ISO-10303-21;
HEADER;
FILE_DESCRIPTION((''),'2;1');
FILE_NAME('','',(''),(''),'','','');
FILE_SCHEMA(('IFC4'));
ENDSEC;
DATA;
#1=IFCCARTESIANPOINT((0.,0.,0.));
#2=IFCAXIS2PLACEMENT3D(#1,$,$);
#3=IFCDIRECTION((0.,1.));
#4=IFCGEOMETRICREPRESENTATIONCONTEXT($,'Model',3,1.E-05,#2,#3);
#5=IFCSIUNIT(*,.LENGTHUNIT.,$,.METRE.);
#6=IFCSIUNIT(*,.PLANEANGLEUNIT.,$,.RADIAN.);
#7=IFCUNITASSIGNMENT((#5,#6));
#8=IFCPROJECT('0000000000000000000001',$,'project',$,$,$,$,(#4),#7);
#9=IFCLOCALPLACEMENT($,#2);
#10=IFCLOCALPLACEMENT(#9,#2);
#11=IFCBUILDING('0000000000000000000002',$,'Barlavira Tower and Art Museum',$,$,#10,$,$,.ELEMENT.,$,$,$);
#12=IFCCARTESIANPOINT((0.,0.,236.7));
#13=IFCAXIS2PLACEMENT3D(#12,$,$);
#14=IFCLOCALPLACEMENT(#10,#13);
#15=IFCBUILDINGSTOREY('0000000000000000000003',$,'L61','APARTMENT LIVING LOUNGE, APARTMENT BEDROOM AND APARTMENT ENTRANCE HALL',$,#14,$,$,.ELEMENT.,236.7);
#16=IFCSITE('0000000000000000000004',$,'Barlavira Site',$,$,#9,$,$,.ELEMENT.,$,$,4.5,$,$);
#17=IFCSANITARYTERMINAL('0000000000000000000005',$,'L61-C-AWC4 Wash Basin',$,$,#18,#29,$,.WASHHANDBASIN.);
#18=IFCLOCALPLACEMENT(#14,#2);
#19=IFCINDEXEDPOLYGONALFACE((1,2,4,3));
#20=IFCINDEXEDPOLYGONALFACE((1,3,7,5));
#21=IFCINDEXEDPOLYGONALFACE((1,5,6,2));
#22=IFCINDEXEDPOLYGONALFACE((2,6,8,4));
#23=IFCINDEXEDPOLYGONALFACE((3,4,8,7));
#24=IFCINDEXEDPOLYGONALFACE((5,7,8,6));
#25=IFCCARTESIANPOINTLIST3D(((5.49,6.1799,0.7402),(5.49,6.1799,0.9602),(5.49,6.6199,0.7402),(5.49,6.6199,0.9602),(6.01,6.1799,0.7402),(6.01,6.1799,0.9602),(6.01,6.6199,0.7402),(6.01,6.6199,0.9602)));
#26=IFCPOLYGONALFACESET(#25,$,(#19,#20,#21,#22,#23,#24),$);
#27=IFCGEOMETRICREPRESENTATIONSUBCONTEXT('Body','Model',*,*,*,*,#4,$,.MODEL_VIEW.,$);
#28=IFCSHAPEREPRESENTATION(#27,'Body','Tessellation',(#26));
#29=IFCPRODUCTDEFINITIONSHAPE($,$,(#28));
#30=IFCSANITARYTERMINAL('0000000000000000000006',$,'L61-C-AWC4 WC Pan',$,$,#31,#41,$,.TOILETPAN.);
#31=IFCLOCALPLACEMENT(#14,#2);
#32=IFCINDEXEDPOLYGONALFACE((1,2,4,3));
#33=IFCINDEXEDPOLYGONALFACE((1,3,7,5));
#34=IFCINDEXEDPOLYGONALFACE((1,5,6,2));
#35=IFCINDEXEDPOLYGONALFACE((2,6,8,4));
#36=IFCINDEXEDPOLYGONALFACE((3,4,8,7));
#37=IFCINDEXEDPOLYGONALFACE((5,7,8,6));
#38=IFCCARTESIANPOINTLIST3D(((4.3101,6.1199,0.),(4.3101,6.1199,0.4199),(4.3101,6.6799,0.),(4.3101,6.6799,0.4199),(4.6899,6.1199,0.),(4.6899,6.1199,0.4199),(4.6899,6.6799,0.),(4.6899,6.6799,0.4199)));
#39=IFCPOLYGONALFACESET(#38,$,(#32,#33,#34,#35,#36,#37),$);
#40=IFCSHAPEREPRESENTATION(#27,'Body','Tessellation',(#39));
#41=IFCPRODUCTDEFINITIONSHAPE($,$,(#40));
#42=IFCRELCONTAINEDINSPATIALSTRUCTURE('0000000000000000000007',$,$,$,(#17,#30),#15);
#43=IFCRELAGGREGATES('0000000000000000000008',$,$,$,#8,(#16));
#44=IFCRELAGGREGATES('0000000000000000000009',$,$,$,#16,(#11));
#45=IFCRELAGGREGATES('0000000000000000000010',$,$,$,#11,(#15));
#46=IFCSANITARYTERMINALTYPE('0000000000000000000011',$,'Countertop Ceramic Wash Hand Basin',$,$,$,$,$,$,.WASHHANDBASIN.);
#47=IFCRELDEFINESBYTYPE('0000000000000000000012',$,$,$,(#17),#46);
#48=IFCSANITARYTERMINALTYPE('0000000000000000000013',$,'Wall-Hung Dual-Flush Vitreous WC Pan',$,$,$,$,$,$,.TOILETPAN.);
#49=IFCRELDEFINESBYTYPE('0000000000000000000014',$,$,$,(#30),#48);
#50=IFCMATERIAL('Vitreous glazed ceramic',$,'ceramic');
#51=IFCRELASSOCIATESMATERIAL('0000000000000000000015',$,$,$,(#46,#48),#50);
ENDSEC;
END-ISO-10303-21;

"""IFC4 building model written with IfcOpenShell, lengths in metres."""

from ifc_helpers import new_model, si_unit, direction, frame, origin, origin_2d, place, context, subcontext, project, spatial, rectangle, extrude, material, type_object, element, save


model = new_model("IFC4")

# Units and contexts
model_context = context("Model", 3, precision=1e-05, world=origin(), true_north=direction((0.0, 1.0)))
body_context = subcontext(model_context, "Body", "Model", "MODEL_VIEW")
ifc_project = project(units=[si_unit("LENGTHUNIT", "METRE"), si_unit("PLANEANGLEUNIT", "RADIAN")], contexts=[model_context])

# Site, building, storey
site_placement = place(None, origin())
site = spatial("IfcSite", under=ifc_project, at=site_placement, Name="Barlavira Site", CompositionType="ELEMENT", RefElevation=4.5)
building_placement = place(site_placement, origin())
building = spatial("IfcBuilding", under=site, at=building_placement, Name="Barlavira Tower and Art Museum", CompositionType="ELEMENT")
storey_placement = place(building_placement, frame((0.0, 0.0, 236.7)))
storey = spatial("IfcBuildingStorey", under=building, at=storey_placement, Name="L61", Description="APARTMENT LIVING LOUNGE, APARTMENT BEDROOM AND APARTMENT ENTRANCE HALL", CompositionType="ELEMENT", Elevation=236.7)

# Sanitary terminals
ifc_material_1 = material(Name="Vitreous glazed ceramic", Category="ceramic")
sanitary_terminal_type_1 = type_object("IfcSanitaryTerminalType", Name="Countertop Ceramic Wash Hand Basin", PredefinedType="WASHHANDBASIN", material=ifc_material_1)
sanitary_terminal_1_placement = place(storey_placement, frame((5.75, 6.3999, 0.7402), z_axis=(0.0, 0.0, 1.0), x_axis=(1.0, 0.0, 0.0)))
element("IfcSanitaryTerminal", 1, at=sanitary_terminal_1_placement, inside=storey, type_object=sanitary_terminal_type_1, Name="L61-C-AWC4 Wash Basin", PredefinedType="WASHHANDBASIN", context=body_context, shape_type="SweptSolid", body=[
    extrude(rectangle(XDim=0.52, YDim=0.4399, at=origin_2d()), origin(), (0.0, 0.0, 1.0), 0.22),
])
sanitary_terminal_type_2 = type_object("IfcSanitaryTerminalType", Name="Wall-Hung Dual-Flush Vitreous WC Pan", PredefinedType="TOILETPAN", material=ifc_material_1)
sanitary_terminal_2_placement = place(storey_placement, frame((4.5, 6.3999, 0.0), z_axis=(0.0, 0.0, 1.0), x_axis=(1.0, 0.0, 0.0)))
element("IfcSanitaryTerminal", 2, at=sanitary_terminal_2_placement, inside=storey, type_object=sanitary_terminal_type_2, Name="L61-C-AWC4 WC Pan", PredefinedType="TOILETPAN", context=body_context, shape_type="SweptSolid", body=[
    extrude(rectangle(XDim=0.3799, YDim=0.5601, at=origin_2d()), origin(), (0.0, 0.0, 1.0), 0.4199),
])

save(model, "model.ifc")
